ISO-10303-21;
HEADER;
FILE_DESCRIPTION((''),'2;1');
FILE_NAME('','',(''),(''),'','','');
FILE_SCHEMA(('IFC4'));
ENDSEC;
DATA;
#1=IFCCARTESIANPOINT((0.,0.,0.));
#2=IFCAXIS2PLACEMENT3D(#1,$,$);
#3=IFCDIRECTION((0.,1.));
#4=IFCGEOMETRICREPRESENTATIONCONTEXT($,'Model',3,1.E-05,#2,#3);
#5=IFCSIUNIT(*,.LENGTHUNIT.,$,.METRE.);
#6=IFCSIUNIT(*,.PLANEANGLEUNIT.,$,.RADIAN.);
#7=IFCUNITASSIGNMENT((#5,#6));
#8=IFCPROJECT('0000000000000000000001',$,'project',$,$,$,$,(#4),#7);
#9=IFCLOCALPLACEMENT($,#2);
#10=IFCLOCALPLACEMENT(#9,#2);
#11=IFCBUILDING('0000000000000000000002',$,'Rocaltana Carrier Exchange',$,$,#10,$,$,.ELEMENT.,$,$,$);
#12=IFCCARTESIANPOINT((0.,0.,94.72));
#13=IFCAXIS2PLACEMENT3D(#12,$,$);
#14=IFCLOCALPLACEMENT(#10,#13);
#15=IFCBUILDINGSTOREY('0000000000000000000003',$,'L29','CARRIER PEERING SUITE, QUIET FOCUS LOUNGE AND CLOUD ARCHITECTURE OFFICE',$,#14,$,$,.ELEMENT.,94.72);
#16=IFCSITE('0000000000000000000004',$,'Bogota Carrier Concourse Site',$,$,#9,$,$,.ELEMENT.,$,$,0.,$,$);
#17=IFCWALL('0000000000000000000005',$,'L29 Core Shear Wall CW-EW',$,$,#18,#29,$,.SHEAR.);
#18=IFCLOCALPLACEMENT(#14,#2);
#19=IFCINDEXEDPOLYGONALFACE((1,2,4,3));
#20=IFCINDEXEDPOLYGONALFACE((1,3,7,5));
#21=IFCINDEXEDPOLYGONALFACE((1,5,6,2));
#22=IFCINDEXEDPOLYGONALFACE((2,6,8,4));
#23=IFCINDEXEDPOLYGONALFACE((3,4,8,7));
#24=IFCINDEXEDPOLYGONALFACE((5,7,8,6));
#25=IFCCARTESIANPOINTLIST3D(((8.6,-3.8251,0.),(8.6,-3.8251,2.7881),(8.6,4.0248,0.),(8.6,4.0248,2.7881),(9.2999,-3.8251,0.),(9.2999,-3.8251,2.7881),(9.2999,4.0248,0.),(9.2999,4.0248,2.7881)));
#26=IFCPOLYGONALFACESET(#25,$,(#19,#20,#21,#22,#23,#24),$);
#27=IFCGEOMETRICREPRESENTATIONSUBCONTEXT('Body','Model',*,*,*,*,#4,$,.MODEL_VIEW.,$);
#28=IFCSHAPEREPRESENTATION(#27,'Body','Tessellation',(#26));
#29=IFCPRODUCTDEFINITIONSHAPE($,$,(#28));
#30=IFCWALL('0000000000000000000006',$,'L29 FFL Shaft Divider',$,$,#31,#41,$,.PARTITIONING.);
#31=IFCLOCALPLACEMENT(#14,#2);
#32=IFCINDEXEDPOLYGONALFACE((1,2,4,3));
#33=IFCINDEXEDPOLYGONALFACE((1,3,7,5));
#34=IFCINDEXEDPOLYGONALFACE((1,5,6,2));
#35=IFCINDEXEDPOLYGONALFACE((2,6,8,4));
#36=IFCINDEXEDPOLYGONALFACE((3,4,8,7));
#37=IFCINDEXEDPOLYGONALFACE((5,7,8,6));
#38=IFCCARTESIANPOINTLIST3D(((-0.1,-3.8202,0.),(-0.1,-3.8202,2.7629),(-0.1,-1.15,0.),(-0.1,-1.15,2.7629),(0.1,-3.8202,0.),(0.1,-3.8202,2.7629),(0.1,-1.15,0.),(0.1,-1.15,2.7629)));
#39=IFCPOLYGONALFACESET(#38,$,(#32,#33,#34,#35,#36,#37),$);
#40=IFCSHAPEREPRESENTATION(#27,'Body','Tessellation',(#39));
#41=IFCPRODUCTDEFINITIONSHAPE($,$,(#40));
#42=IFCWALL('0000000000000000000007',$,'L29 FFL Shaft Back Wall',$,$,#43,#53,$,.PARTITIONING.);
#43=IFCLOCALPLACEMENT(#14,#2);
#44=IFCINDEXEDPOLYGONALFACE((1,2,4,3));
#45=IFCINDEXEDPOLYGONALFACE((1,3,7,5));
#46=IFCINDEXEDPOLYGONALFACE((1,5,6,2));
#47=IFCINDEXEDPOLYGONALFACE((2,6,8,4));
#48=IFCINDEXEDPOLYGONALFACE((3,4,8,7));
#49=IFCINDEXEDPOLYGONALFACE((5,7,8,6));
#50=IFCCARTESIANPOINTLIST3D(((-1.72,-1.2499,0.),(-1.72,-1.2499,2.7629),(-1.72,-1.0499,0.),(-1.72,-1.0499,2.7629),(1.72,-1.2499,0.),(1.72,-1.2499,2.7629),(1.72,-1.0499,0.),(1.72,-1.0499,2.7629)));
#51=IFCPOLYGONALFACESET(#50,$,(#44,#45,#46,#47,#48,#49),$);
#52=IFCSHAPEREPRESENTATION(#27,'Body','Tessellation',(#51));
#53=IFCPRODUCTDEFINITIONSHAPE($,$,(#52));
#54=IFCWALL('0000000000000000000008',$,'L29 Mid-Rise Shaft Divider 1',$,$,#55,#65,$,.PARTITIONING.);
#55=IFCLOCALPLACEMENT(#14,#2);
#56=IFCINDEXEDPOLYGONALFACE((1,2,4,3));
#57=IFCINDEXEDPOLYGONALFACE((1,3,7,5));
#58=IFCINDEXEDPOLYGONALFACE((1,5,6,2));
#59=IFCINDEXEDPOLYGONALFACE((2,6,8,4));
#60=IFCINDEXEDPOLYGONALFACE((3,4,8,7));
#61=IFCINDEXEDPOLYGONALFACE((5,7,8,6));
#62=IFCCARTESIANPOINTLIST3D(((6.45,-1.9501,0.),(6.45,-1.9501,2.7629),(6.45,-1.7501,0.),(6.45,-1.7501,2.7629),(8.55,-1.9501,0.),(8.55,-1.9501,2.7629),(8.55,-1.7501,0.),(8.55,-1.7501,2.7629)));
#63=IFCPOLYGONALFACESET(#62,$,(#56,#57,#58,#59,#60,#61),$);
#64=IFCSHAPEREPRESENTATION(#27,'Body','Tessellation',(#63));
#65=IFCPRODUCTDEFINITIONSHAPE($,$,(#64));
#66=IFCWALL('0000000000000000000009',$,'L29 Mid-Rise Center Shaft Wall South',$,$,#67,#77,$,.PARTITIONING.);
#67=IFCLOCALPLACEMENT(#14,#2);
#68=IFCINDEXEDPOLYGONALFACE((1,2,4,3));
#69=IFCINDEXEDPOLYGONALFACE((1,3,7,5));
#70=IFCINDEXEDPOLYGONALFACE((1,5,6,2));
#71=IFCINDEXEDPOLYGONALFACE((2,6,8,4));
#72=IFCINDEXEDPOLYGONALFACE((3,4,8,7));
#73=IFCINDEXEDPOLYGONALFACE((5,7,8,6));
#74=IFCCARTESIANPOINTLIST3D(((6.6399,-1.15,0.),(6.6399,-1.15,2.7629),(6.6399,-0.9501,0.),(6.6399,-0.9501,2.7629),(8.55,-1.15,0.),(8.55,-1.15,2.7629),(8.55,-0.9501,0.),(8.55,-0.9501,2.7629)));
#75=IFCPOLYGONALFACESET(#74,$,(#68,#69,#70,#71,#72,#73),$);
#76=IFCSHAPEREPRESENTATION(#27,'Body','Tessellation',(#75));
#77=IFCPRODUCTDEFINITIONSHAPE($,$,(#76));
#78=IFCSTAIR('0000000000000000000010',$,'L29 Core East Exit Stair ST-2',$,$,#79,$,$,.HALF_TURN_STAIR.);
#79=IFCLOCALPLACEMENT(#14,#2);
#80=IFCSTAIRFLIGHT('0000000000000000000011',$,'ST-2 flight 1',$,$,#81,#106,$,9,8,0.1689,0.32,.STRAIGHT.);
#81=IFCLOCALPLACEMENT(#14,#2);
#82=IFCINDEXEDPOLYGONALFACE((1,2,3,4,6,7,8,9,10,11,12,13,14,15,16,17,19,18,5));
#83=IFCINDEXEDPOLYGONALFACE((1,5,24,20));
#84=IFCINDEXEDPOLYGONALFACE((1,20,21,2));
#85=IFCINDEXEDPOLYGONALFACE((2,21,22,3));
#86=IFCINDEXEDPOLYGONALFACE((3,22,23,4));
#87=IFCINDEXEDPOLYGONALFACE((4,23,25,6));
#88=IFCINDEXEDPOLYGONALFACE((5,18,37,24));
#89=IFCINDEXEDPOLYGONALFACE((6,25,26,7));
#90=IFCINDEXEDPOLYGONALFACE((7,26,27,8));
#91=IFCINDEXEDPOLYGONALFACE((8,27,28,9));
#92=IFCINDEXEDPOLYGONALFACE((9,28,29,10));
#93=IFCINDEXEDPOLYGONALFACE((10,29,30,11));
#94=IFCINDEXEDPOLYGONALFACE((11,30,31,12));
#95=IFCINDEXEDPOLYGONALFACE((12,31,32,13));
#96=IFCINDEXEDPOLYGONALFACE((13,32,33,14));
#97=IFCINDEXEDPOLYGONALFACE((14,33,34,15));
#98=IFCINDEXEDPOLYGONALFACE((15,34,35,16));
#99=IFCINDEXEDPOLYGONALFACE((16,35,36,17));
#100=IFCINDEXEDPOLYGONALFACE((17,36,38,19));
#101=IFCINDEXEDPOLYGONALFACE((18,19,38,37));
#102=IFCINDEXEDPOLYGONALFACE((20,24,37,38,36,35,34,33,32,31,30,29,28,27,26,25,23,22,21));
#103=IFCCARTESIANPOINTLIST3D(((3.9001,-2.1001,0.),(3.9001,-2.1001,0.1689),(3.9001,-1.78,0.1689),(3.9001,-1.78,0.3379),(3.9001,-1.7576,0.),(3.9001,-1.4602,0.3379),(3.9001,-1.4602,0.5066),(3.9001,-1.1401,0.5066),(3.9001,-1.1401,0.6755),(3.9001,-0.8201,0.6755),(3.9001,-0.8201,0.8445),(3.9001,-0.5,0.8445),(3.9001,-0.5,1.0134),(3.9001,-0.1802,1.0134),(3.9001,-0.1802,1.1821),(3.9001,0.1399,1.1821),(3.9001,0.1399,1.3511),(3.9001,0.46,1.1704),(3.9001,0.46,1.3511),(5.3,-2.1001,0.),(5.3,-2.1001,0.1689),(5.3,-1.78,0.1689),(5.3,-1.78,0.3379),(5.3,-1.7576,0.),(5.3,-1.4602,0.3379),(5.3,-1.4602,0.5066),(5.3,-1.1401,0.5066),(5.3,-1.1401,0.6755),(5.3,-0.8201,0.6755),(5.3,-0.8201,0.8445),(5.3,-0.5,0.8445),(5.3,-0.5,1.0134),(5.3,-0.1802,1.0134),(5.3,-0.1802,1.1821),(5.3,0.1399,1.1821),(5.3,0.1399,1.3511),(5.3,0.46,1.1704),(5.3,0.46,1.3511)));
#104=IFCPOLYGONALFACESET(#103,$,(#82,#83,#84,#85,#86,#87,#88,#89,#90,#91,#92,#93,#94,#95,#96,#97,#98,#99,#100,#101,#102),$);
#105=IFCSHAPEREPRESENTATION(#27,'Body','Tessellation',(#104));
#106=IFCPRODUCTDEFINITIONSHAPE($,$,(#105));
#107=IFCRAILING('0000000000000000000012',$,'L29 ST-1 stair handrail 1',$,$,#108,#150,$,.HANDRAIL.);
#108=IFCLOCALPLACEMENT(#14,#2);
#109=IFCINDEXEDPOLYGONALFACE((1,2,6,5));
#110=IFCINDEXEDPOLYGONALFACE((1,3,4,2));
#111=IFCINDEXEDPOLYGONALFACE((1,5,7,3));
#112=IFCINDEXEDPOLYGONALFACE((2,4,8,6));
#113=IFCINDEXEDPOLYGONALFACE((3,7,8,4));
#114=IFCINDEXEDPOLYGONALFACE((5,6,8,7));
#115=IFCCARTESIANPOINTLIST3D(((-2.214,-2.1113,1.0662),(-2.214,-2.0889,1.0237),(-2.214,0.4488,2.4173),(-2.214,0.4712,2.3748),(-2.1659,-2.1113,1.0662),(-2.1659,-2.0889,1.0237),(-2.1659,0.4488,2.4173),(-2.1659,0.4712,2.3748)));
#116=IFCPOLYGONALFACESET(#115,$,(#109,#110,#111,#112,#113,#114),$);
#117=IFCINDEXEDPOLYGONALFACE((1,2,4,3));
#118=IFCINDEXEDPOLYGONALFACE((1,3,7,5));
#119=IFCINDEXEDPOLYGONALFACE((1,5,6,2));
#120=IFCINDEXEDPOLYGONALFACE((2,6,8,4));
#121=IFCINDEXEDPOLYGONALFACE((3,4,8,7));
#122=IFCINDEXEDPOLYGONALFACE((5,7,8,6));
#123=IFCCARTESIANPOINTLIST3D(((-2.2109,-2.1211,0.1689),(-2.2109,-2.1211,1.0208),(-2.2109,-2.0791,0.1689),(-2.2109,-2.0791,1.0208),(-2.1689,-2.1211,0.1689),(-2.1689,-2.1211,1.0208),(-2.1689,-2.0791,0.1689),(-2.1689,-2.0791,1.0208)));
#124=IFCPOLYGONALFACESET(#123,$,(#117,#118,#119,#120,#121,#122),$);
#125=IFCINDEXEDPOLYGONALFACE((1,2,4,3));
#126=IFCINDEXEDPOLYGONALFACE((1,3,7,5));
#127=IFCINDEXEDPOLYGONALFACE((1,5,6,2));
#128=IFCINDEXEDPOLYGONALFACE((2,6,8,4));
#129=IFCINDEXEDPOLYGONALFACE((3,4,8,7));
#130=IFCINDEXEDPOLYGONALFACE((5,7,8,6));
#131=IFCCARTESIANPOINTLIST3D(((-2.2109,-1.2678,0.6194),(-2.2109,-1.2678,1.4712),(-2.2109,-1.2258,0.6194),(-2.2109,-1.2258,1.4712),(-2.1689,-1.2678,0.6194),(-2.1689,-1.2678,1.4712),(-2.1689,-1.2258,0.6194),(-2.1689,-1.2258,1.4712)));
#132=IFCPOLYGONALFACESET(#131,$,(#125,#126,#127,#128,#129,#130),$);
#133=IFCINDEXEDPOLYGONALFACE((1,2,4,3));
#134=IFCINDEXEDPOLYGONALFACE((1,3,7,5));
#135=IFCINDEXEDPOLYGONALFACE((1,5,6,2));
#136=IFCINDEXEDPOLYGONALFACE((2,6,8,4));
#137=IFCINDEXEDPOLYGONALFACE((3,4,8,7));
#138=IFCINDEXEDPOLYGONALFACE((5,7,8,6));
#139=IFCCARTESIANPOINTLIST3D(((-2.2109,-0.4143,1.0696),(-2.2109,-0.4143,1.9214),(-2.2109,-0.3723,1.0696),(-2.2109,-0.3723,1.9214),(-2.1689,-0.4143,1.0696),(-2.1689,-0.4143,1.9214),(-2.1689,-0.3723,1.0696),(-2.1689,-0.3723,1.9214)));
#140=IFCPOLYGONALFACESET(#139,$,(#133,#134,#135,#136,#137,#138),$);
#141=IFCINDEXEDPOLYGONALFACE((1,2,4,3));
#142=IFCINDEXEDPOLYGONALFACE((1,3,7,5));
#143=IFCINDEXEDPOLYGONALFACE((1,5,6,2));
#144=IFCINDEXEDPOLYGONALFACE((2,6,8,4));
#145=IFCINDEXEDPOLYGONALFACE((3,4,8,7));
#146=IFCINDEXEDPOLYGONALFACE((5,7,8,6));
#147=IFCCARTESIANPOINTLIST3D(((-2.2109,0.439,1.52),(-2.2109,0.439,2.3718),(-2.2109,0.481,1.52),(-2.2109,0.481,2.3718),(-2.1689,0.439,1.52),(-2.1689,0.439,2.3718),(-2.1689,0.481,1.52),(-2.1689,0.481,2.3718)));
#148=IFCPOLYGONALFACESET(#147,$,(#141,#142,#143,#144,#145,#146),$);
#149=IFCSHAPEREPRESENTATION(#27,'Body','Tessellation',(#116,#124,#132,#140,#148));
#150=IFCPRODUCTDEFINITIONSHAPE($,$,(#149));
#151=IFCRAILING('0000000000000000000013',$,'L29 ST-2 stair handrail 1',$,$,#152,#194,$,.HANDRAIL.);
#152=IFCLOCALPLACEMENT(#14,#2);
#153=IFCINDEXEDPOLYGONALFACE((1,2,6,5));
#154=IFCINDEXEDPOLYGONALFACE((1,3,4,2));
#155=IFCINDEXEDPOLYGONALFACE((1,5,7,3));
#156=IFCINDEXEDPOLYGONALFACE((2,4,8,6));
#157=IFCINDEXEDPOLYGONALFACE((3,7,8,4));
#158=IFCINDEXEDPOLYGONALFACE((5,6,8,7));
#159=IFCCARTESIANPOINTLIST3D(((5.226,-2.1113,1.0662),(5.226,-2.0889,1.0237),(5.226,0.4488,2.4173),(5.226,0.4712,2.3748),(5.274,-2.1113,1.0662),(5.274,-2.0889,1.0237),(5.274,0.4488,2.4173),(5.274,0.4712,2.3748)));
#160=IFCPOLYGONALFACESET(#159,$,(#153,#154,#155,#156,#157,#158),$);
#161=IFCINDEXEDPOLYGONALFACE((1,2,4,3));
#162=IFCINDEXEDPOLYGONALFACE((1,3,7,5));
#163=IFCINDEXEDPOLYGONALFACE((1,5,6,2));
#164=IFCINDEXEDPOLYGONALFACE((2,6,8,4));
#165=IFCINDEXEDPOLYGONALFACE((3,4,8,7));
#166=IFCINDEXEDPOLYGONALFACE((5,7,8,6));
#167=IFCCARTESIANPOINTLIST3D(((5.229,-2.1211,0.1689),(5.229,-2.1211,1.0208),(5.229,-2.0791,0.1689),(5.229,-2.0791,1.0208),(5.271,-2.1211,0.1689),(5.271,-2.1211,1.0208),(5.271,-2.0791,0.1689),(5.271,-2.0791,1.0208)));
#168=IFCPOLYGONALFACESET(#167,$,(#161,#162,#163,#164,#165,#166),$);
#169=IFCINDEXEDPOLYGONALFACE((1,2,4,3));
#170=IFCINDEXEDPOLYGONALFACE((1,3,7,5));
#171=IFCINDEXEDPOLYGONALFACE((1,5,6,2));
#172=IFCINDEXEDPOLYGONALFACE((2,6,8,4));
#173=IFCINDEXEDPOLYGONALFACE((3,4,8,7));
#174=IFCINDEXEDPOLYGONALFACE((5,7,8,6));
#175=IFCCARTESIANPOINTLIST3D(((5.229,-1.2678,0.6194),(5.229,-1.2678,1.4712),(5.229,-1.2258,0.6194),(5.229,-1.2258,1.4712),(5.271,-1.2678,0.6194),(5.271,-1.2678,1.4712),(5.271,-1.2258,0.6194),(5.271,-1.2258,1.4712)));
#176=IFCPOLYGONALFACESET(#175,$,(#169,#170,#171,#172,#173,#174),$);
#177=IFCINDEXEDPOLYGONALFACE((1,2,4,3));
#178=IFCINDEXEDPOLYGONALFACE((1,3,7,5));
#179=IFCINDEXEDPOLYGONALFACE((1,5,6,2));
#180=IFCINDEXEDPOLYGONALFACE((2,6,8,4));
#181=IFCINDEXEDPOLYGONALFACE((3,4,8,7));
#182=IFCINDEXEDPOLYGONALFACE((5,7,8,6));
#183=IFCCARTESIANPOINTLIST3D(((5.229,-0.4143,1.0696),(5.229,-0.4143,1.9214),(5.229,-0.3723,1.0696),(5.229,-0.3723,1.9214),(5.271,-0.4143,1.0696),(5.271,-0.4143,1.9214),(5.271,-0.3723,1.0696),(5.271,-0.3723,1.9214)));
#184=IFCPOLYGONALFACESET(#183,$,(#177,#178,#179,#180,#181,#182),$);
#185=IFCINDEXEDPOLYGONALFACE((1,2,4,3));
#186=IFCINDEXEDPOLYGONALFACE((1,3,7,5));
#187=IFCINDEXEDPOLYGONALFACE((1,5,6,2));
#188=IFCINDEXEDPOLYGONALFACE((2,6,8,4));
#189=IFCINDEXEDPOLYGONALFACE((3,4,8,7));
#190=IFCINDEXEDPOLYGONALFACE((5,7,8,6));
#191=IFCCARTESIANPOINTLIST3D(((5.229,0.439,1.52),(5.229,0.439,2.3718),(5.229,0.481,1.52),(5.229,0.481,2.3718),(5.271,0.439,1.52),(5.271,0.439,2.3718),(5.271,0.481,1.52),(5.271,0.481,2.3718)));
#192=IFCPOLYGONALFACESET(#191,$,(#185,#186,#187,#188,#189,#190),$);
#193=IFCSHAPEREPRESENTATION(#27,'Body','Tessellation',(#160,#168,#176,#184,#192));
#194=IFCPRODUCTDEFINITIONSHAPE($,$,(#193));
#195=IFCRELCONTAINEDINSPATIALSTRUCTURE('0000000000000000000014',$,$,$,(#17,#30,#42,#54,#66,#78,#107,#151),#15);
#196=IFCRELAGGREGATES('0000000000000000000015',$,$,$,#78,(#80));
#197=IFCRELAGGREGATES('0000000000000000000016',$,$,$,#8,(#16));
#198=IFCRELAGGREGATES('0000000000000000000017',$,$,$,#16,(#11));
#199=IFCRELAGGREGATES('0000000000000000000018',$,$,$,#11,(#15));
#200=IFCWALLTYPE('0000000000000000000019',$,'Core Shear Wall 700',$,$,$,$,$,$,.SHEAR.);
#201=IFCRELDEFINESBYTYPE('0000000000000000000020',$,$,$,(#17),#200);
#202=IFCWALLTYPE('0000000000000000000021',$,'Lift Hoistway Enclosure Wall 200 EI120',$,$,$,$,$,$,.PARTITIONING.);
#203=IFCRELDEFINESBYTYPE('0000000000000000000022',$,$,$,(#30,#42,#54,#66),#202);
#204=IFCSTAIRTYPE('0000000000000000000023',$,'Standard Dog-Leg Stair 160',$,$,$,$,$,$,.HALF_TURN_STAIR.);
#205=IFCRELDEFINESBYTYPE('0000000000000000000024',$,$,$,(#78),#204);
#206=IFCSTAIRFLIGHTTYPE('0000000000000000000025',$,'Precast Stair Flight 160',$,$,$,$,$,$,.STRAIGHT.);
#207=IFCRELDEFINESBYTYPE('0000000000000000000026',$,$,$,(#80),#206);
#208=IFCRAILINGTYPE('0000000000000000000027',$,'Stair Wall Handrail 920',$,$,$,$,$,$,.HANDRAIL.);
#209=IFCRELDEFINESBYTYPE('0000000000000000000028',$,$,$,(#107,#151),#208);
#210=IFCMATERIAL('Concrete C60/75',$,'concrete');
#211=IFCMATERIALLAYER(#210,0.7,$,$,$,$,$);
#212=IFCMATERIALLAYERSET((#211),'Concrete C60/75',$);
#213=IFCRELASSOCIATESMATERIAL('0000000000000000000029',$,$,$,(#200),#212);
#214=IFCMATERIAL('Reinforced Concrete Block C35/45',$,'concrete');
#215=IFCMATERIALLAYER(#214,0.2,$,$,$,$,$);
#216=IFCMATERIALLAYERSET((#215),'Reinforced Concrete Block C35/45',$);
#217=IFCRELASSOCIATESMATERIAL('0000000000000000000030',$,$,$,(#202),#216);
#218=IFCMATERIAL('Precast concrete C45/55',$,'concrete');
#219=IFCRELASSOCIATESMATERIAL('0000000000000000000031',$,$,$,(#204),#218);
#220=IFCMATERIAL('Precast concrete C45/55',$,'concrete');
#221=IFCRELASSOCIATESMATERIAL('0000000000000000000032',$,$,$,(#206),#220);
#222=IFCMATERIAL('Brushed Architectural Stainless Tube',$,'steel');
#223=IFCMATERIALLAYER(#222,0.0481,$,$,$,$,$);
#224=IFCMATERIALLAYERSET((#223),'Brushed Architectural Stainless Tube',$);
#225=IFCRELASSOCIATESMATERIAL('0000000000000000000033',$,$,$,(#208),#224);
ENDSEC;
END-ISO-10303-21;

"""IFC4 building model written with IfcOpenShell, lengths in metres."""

from ifc_helpers import new_model, si_unit, direction, frame, frame_2d, origin, origin_2d, place, context, subcontext, project, spatial, polyline, rectangle, outline, extrude, material, layer, layer_set, type_object, element, aggregate, save


model = new_model("IFC4")

# Units and contexts
model_context = context("Model", 3, precision=1e-05, world=origin(), true_north=direction((0.0, 1.0)))
body_context = subcontext(model_context, "Body", "Model", "MODEL_VIEW")
ifc_project = project(units=[si_unit("LENGTHUNIT", "METRE"), si_unit("PLANEANGLEUNIT", "RADIAN")], contexts=[model_context])

# Site, building, storey
site_placement = place(None, origin())
site = spatial("IfcSite", under=ifc_project, at=site_placement, Name="Bogota Carrier Concourse Site", CompositionType="ELEMENT", RefElevation=0.0)
building_placement = place(site_placement, origin())
building = spatial("IfcBuilding", under=site, at=building_placement, Name="Rocaltana Carrier Exchange", CompositionType="ELEMENT")
storey_placement = place(building_placement, frame((0.0, 0.0, 94.72)))
storey = spatial("IfcBuildingStorey", under=building, at=storey_placement, Name="L29", Description="CARRIER PEERING SUITE, QUIET FOCUS LOUNGE AND CLOUD ARCHITECTURE OFFICE", CompositionType="ELEMENT", Elevation=94.72)

# Walls
ifc_material_1 = material(Name="Concrete C60/75", Category="concrete")
ifc_layer_1 = layer(ifc_material_1, 0.7)
ifc_layer_set_1 = layer_set([ifc_layer_1], Name="Concrete C60/75")
wall_type_1 = type_object("IfcWallType", Name="Core Shear Wall 700", PredefinedType="SHEAR", material=ifc_layer_set_1)
wall_1_placement = place(storey_placement, frame((8.95, -3.825, 0.0), z_axis=(0.0, 0.0, 1.0), x_axis=(0.0, 1.0, 0.0)))
element("IfcWall", 1, at=wall_1_placement, inside=storey, type_object=wall_type_1, Name="L29 Core Shear Wall CW-EW", PredefinedType="SHEAR", context=body_context, shape_type="SweptSolid", body=[
    extrude(rectangle(XDim=7.8499, YDim=0.7, at=frame_2d((3.9248, 0.0))), origin(), (0.0, 0.0, 1.0), 2.7881),
])
ifc_material_2 = material(Name="Reinforced Concrete Block C35/45", Category="concrete")
ifc_layer_2 = layer(ifc_material_2, 0.2)
ifc_layer_set_2 = layer_set([ifc_layer_2], Name="Reinforced Concrete Block C35/45")
wall_type_2 = type_object("IfcWallType", Name="Lift Hoistway Enclosure Wall 200 EI120", PredefinedType="PARTITIONING", material=ifc_layer_set_2)
wall_2_placement = place(storey_placement, frame((0.0, -3.8201, 0.0), z_axis=(0.0, 0.0, 1.0), x_axis=(0.0, 1.0, 0.0)))
element("IfcWall", 2, at=wall_2_placement, inside=storey, type_object=wall_type_2, Name="L29 FFL Shaft Divider", PredefinedType="PARTITIONING", context=body_context, shape_type="SweptSolid", body=[
    extrude(rectangle(XDim=2.6702, YDim=0.2, at=frame_2d((1.335, 0.0))), origin(), (0.0, 0.0, 1.0), 2.7629),
])
wall_3_placement = place(storey_placement, frame((-1.72, -1.1499, 0.0), z_axis=(0.0, 0.0, 1.0), x_axis=(1.0, 0.0, 0.0)))
element("IfcWall", 3, at=wall_3_placement, inside=storey, type_object=wall_type_2, Name="L29 FFL Shaft Back Wall", PredefinedType="PARTITIONING", context=body_context, shape_type="SweptSolid", body=[
    extrude(rectangle(XDim=3.4399, YDim=0.2, at=frame_2d((1.72, 0.0))), origin(), (0.0, 0.0, 1.0), 2.7629),
])
wall_4_placement = place(storey_placement, frame((6.45, -1.8501, 0.0), z_axis=(0.0, 0.0, 1.0), x_axis=(1.0, 0.0, 0.0)))
element("IfcWall", 4, at=wall_4_placement, inside=storey, type_object=wall_type_2, Name="L29 Mid-Rise Shaft Divider 1", PredefinedType="PARTITIONING", context=body_context, shape_type="SweptSolid", body=[
    extrude(rectangle(XDim=2.1001, YDim=0.2, at=frame_2d((1.05, 0.0))), origin(), (0.0, 0.0, 1.0), 2.7629),
])
wall_5_placement = place(storey_placement, frame((6.6399, -1.05, 0.0), z_axis=(0.0, 0.0, 1.0), x_axis=(1.0, 0.0, 0.0)))
element("IfcWall", 5, at=wall_5_placement, inside=storey, type_object=wall_type_2, Name="L29 Mid-Rise Center Shaft Wall South", PredefinedType="PARTITIONING", context=body_context, shape_type="SweptSolid", body=[
    extrude(rectangle(XDim=1.9102, YDim=0.2, at=frame_2d((0.9551, 0.0))), origin(), (0.0, 0.0, 1.0), 2.7629),
])

# Stair, stair flight
ifc_material_3 = material(Name="Precast concrete C45/55", Category="concrete")
stair_type = type_object("IfcStairType", Name="Standard Dog-Leg Stair 160", PredefinedType="HALF_TURN_STAIR", material=ifc_material_3)
stair_placement = place(storey_placement, origin())
stair = element("IfcStair", 6, at=stair_placement, inside=storey, type_object=stair_type, Name="L29 Core East Exit Stair ST-2", PredefinedType="HALF_TURN_STAIR")
ifc_material_4 = material(Name="Precast concrete C45/55", Category="concrete")
stair_flight_type = type_object("IfcStairFlightType", Name="Precast Stair Flight 160", PredefinedType="STRAIGHT", material=ifc_material_4)
stair_flight_placement = place(storey_placement, frame((4.6001, -2.1001, 0.0), z_axis=(0.0, 0.0, 1.0), x_axis=(0.0, 1.0, 0.0)))
stair_flight = element("IfcStairFlight", 7, at=stair_flight_placement, type_object=stair_flight_type, Name="ST-2 flight 1", NumberOfRisers=9, NumberOfTreads=8, PredefinedType="STRAIGHT", RiserHeight=0.1689, TreadLength=0.32, context=body_context, shape_type="SweptSolid", body=[
    extrude(outline(polyline([(0.0, 0.0), (0.0, 0.1689), (0.3201, 0.1689), (0.3201, 0.3379), (0.6399, 0.3379), (0.6399, 0.5066), (0.96, 0.5066), (0.96, 0.6755), (1.28, 0.6755), (1.28, 0.8445), (1.6001, 0.8445), (1.6001, 1.0134), (1.9199, 1.0134), (1.9199, 1.1821), (2.24, 1.1821), (2.24, 1.3511), (2.5601, 1.3511), (2.5601, 1.52), (2.5601, 1.1704), (0.3425, 0.0), (0.0, 0.0)])), frame((0.0, 0.7, 0.0), z_axis=(0.0, -1.0, 0.0), x_axis=(1.0, 0.0, 0.0)), (0.0, 0.0, 1.0), 1.3999),
])
aggregate(stair, [stair_flight])

# Railings
ifc_material_5 = material(Name="Brushed Architectural Stainless Tube", Category="steel")
ifc_layer_3 = layer(ifc_material_5, 0.0481)
ifc_layer_set_3 = layer_set([ifc_layer_3], Name="Brushed Architectural Stainless Tube")
railing_type_1 = type_object("IfcRailingType", Name="Stair Wall Handrail 920", PredefinedType="HANDRAIL", material=ifc_layer_set_3)
for number, where, name in (
    (8, (-2.1899, -2.1001, 0.1689), "L29 ST-1 stair handrail 1"),
    (9, (5.25, -2.1001, 0.1689), "L29 ST-2 stair handrail 1"),
):
    element("IfcRailing", number, at=place(storey_placement, frame(where)), inside=storey, type_object=railing_type_1, Name=name, PredefinedType="HANDRAIL", context=body_context, shape_type="SweptSolid", body=[
        extrude(rectangle(XDim=0.0481, YDim=0.0481, at=origin_2d()), frame((0.0, 0.0, 0.876), z_axis=(0.0, 0.884394, 0.46674), x_axis=(-1.0, 0.0, 0.0)), (0.0, 0.0, 1.0), 2.8948),
        extrude(rectangle(XDim=0.042, YDim=0.042, at=origin_2d()), origin(), (0.0, 0.0, 1.0), 0.8518),
        extrude(rectangle(XDim=0.042, YDim=0.042, at=origin_2d()), frame((0.0, 0.8533, 0.4504)), (0.0, 0.0, 1.0), 0.8518),
        extrude(rectangle(XDim=0.042, YDim=0.042, at=origin_2d()), frame((0.0, 1.7068, 0.9006)), (0.0, 0.0, 1.0), 0.8518),
        extrude(rectangle(XDim=0.042, YDim=0.042, at=origin_2d()), frame((0.0, 2.5601, 1.3511)), (0.0, 0.0, 1.0), 0.8518),
    ])

save(model, "model.ifc")
